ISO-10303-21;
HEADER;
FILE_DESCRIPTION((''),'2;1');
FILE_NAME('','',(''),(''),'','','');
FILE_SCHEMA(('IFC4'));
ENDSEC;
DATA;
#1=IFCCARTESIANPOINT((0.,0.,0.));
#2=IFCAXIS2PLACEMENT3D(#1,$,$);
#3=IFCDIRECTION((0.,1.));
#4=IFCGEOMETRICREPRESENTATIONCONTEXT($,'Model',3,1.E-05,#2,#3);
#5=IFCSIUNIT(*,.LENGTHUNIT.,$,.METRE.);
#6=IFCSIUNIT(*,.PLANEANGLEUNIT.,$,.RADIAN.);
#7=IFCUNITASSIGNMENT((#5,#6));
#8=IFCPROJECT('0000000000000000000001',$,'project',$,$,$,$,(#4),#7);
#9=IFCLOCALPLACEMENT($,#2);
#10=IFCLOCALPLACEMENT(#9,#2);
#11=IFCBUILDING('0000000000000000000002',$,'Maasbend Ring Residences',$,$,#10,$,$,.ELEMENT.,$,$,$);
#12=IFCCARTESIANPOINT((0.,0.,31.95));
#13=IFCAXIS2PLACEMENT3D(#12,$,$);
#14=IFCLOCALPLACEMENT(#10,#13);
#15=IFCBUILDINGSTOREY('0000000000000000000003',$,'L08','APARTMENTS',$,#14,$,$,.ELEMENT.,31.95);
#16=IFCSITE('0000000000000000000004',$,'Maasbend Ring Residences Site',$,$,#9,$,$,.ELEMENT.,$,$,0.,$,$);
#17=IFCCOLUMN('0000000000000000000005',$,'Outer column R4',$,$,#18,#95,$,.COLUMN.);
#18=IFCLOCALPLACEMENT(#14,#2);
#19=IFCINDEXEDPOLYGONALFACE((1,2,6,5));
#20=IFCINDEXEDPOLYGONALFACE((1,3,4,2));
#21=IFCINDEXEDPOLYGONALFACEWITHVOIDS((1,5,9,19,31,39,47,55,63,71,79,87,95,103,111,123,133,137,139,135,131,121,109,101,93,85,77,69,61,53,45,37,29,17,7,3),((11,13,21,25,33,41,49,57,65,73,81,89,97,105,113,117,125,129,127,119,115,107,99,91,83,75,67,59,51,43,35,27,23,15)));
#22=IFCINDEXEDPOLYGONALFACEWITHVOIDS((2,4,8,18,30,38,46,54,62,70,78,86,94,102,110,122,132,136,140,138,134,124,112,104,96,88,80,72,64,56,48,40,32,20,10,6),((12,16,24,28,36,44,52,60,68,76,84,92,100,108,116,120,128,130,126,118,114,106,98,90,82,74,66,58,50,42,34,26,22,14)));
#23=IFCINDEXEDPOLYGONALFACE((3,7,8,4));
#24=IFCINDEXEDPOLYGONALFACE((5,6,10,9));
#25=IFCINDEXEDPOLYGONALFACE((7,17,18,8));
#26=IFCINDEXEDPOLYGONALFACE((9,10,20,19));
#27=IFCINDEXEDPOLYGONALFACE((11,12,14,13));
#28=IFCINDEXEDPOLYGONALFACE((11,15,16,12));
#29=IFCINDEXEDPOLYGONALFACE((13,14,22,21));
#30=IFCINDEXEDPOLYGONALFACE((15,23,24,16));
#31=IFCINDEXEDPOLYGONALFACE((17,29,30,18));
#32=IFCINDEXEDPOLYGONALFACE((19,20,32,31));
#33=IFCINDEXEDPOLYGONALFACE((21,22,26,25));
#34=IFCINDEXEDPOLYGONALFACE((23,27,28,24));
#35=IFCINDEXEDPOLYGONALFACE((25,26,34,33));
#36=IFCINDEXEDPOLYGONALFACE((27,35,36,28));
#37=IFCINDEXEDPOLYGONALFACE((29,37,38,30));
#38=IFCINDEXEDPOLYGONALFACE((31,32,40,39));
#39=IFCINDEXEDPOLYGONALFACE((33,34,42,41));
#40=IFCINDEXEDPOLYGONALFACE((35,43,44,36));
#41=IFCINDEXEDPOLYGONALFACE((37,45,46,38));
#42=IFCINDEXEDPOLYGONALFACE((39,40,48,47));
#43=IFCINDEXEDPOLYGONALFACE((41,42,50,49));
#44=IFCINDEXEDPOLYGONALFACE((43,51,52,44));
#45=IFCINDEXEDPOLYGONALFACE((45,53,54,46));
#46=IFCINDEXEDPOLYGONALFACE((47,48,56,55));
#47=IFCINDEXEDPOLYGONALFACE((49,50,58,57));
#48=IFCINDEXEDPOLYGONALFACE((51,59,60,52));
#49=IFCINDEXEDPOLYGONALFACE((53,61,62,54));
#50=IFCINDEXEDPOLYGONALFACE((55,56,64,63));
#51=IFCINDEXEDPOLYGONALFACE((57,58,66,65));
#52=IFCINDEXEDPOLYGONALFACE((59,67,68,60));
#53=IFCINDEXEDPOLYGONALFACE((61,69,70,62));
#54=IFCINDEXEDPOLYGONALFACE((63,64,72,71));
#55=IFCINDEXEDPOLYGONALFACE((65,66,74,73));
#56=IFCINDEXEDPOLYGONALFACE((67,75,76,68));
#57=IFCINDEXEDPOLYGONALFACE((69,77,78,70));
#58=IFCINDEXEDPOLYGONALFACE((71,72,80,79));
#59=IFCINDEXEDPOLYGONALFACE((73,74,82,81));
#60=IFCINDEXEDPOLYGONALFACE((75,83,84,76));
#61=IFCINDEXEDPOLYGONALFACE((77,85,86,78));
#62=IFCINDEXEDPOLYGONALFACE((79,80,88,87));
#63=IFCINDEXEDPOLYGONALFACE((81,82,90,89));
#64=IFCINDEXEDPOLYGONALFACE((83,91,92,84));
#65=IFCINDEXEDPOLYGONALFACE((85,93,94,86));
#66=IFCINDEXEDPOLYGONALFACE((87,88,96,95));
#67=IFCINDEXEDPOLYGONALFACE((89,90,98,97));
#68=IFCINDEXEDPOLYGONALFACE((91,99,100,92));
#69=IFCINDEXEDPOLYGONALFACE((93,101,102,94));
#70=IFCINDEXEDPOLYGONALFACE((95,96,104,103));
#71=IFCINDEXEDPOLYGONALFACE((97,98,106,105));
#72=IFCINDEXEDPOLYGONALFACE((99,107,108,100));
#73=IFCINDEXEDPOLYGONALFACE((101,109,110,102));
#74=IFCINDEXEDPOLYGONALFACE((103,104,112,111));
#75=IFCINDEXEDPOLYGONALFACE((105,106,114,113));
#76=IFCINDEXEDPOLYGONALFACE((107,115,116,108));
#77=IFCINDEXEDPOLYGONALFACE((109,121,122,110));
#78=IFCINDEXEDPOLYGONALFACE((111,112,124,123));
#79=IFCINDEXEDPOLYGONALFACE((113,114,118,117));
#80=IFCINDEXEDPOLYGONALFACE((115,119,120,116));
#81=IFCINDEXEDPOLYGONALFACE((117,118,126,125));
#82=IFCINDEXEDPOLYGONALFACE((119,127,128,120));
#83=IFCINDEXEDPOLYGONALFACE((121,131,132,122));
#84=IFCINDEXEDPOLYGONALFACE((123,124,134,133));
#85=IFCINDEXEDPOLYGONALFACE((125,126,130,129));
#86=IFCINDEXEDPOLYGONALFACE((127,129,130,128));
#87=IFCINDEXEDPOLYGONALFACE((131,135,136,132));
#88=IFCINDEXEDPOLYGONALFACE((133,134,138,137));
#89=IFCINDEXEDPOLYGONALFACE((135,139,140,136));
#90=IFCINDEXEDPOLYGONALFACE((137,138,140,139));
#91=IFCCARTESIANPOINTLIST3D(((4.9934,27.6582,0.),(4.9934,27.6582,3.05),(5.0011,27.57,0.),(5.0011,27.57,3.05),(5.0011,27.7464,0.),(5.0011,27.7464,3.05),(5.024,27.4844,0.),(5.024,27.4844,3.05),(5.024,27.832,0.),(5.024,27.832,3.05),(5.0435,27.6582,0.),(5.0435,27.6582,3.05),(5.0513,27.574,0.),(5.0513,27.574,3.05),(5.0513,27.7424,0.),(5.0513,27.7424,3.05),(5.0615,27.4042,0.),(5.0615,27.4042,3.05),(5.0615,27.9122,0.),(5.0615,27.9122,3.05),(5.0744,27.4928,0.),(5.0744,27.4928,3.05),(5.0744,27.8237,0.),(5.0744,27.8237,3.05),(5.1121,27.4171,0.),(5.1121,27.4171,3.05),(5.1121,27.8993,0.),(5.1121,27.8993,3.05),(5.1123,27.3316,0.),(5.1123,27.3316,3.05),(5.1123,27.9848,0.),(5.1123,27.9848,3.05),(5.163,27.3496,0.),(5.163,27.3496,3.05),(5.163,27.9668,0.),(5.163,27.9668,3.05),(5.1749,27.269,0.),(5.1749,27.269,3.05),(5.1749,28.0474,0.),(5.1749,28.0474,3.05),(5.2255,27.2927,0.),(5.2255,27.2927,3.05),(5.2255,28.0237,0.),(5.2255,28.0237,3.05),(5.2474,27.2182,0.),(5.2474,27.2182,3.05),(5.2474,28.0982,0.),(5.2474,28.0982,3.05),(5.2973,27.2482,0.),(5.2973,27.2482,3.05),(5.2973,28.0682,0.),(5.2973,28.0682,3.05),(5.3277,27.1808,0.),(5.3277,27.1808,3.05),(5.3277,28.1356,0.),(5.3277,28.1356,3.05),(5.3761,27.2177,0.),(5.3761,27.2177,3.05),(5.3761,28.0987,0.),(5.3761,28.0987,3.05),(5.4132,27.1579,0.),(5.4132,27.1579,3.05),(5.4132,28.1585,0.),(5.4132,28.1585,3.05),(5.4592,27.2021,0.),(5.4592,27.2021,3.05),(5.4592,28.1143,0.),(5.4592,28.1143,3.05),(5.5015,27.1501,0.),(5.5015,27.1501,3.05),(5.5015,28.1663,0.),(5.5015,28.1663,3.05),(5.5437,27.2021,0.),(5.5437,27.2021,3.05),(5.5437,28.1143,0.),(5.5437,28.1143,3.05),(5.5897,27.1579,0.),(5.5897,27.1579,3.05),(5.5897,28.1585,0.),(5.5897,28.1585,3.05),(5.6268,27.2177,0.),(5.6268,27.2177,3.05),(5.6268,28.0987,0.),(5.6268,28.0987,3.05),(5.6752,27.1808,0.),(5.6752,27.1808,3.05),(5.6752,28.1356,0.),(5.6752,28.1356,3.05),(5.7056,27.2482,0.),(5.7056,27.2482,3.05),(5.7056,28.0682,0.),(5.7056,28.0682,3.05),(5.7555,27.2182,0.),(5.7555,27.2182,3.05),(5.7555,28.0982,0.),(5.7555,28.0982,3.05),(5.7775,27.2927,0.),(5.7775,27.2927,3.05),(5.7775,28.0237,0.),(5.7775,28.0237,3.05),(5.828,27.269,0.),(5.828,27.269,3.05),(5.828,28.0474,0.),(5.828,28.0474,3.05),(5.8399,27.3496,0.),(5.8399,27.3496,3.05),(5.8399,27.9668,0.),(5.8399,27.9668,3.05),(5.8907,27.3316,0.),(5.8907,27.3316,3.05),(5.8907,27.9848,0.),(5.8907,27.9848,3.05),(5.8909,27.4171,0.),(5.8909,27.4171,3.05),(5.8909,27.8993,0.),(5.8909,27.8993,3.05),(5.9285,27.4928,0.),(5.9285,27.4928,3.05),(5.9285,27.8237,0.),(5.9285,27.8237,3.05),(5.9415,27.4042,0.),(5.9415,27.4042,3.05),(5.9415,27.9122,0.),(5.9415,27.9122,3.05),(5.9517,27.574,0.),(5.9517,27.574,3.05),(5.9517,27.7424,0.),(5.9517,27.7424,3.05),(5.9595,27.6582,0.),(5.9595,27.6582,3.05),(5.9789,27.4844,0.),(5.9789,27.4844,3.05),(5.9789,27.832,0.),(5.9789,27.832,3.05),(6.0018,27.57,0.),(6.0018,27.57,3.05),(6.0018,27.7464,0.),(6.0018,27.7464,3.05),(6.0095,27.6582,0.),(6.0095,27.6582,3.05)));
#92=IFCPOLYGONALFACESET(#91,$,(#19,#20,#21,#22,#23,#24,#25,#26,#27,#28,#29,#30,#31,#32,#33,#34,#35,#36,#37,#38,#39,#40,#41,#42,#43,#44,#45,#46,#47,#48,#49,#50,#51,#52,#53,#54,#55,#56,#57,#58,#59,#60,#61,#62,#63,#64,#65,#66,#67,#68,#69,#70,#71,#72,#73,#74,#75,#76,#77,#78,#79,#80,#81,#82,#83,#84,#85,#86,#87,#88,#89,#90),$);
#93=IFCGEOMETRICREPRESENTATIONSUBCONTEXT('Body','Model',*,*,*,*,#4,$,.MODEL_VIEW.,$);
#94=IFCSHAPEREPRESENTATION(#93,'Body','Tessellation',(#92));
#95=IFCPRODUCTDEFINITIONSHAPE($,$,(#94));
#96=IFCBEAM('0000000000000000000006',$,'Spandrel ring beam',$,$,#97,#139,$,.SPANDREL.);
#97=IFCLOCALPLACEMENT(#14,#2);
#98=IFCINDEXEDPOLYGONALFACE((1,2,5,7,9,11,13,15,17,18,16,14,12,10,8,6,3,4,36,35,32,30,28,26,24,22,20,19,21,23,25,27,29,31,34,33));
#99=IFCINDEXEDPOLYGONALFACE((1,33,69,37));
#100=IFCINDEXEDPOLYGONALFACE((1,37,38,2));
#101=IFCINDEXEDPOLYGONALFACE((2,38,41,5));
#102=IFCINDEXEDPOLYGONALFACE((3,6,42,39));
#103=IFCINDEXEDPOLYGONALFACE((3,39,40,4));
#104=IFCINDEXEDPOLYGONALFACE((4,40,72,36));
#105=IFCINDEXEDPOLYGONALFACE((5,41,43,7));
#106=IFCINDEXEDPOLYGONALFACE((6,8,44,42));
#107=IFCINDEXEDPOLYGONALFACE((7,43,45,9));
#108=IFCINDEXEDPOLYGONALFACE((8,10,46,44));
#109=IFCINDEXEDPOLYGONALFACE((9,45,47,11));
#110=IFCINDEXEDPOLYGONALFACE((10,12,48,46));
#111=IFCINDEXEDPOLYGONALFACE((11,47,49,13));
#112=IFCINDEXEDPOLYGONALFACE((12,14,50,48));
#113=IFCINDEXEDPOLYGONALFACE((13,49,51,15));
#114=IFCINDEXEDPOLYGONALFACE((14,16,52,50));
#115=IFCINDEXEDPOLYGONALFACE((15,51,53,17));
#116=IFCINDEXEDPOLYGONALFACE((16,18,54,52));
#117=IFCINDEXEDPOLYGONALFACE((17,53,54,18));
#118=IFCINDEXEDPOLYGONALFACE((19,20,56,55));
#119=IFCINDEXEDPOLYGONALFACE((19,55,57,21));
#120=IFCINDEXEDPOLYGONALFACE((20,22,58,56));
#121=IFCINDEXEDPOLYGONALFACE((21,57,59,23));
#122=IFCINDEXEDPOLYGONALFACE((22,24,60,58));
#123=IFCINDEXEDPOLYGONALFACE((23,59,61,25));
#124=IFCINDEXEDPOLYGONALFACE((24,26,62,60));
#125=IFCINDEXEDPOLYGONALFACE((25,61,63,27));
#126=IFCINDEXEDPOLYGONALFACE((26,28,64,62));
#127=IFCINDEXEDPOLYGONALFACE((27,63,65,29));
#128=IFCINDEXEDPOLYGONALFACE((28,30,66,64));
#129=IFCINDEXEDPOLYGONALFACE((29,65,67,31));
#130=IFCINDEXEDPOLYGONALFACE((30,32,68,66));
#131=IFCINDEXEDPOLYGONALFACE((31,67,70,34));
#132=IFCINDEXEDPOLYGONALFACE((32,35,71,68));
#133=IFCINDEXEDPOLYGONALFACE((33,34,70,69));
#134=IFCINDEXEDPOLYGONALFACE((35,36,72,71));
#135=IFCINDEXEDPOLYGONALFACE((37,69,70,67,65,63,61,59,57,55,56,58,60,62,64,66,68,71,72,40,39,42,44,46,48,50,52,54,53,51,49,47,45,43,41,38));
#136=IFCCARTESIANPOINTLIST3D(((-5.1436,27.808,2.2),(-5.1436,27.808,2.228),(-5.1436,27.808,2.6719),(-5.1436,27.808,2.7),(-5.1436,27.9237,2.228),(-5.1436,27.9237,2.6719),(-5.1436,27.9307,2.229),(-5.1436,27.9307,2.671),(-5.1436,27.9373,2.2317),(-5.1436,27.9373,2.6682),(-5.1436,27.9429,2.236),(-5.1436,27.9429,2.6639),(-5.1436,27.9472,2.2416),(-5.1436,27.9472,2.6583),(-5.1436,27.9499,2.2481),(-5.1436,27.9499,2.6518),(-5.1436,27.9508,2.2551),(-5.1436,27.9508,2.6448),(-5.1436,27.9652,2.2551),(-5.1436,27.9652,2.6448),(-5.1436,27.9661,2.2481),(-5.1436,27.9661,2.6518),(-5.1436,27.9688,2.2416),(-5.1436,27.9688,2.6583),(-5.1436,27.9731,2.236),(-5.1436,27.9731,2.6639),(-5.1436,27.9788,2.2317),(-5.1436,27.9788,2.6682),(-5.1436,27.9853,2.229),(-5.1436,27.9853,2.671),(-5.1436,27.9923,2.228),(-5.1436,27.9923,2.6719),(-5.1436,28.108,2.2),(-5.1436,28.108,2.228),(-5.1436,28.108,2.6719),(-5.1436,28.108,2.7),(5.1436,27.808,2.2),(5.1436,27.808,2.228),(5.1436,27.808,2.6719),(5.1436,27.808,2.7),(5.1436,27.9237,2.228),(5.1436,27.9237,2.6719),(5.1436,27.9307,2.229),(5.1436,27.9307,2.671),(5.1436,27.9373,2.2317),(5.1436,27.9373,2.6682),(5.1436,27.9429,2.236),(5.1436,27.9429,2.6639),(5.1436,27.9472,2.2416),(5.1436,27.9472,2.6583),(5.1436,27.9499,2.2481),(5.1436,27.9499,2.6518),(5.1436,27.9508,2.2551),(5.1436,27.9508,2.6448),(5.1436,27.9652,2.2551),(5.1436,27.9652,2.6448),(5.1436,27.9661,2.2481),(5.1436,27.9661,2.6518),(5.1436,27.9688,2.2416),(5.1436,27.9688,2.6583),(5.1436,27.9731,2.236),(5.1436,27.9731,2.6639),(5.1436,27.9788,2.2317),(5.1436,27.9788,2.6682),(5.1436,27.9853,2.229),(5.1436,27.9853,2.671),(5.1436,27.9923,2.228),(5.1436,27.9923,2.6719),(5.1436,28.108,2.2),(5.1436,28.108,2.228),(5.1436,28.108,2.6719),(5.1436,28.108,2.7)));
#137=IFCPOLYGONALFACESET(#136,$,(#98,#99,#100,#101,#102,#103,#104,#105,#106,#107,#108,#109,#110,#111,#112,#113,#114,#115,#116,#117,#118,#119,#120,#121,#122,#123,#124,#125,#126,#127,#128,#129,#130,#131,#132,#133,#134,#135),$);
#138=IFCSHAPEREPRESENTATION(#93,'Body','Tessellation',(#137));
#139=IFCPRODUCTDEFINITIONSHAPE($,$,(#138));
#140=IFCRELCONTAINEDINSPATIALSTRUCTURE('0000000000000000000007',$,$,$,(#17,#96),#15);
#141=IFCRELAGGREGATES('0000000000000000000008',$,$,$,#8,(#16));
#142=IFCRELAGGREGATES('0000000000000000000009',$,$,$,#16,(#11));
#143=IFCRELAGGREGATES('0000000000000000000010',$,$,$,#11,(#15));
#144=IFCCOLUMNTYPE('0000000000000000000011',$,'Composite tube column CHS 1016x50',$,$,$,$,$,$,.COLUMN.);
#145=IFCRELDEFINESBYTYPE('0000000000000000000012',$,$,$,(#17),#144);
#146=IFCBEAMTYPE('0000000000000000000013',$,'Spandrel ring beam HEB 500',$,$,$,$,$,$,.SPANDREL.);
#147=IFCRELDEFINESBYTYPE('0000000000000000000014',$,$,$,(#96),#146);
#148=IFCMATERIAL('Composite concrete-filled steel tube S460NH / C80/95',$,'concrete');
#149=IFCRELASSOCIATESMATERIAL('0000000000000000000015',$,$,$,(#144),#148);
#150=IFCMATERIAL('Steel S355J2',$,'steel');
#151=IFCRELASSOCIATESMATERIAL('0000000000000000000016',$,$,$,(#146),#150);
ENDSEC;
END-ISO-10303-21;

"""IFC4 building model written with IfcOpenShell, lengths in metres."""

from ifc_helpers import new_model, si_unit, direction, frame, origin, origin_2d, place, context, subcontext, project, spatial, hollow_circle, i_section, extrude, material, material_profile, profile_set, type_object, element, save


model = new_model("IFC4")

# Units and contexts
model_context = context("Model", 3, precision=1e-05, world=origin(), true_north=direction((0.0, 1.0)))
body_context = subcontext(model_context, "Body", "Model", "MODEL_VIEW")
ifc_project = project(units=[si_unit("LENGTHUNIT", "METRE"), si_unit("PLANEANGLEUNIT", "RADIAN")], contexts=[model_context])

# Site, building, storey
site_placement = place(None, origin())
site = spatial("IfcSite", under=ifc_project, at=site_placement, Name="Maasbend Ring Residences Site", CompositionType="ELEMENT", RefElevation=0.0)
building_placement = place(site_placement, origin())
building = spatial("IfcBuilding", under=site, at=building_placement, Name="Maasbend Ring Residences", CompositionType="ELEMENT")
storey_placement = place(building_placement, frame((0.0, 0.0, 31.95)))
storey = spatial("IfcBuildingStorey", under=building, at=storey_placement, Name="L08", Description="APARTMENTS", CompositionType="ELEMENT", Elevation=31.95)

# Column
ifc_material_1 = material(Name="Composite concrete-filled steel tube S460NH / C80/95", Category="concrete")
ifc_material_profile_1 = material_profile(ifc_material_1, hollow_circle(Radius=0.5081, WallThickness=0.05, at=origin_2d()), Name="Composite tube column CHS 1016x50")
ifc_profile_set_1 = profile_set([ifc_material_profile_1], Name="Composite concrete-filled steel tube S460NH / C80/95")
column_type = type_object("IfcColumnType", Name="Composite tube column CHS 1016x50", PredefinedType="COLUMN", material=ifc_profile_set_1)
column_placement = place(storey_placement, frame((5.5015, 27.6582, 0.0), z_axis=(0.0, 0.0, 1.0), x_axis=(1.0, 0.0, 0.0)))
element("IfcColumn", 1, at=column_placement, inside=storey, type_object=column_type, Name="Outer column R4", PredefinedType="COLUMN", context=body_context, shape_type="SweptSolid", body=[
    extrude(hollow_circle(Radius=0.5081, WallThickness=0.05, at=origin_2d()), origin(), (0.0, 0.0, 1.0), 3.05),
])

# Beam
ifc_material_2 = material(Name="Steel S355J2", Category="steel")
ifc_material_profile_2 = material_profile(ifc_material_2, i_section(OverallWidth=0.3, OverallDepth=0.5, WebThickness=0.0144, FlangeThickness=0.0281, FilletRadius=0.0271, at=origin_2d()), Name="HEB 500")
ifc_profile_set_2 = profile_set([ifc_material_profile_2], Name="Steel S355J2")
beam_type = type_object("IfcBeamType", Name="Spandrel ring beam HEB 500", PredefinedType="SPANDREL", material=ifc_profile_set_2)
beam_placement = place(storey_placement, frame((5.1436, 27.958, 2.45), z_axis=(-1.0, 0.0, 0.0), x_axis=(0.0, -1.0, 0.0)))
element("IfcBeam", 2, at=beam_placement, inside=storey, type_object=beam_type, Name="Spandrel ring beam", PredefinedType="SPANDREL", context=body_context, shape_type="SweptSolid", body=[
    extrude(i_section(OverallWidth=0.3, OverallDepth=0.5, WebThickness=0.0144, FlangeThickness=0.0281, FilletRadius=0.0271, at=origin_2d()), origin(), (0.0, 0.0, 1.0), 10.2871),
])

save(model, "model.ifc")
